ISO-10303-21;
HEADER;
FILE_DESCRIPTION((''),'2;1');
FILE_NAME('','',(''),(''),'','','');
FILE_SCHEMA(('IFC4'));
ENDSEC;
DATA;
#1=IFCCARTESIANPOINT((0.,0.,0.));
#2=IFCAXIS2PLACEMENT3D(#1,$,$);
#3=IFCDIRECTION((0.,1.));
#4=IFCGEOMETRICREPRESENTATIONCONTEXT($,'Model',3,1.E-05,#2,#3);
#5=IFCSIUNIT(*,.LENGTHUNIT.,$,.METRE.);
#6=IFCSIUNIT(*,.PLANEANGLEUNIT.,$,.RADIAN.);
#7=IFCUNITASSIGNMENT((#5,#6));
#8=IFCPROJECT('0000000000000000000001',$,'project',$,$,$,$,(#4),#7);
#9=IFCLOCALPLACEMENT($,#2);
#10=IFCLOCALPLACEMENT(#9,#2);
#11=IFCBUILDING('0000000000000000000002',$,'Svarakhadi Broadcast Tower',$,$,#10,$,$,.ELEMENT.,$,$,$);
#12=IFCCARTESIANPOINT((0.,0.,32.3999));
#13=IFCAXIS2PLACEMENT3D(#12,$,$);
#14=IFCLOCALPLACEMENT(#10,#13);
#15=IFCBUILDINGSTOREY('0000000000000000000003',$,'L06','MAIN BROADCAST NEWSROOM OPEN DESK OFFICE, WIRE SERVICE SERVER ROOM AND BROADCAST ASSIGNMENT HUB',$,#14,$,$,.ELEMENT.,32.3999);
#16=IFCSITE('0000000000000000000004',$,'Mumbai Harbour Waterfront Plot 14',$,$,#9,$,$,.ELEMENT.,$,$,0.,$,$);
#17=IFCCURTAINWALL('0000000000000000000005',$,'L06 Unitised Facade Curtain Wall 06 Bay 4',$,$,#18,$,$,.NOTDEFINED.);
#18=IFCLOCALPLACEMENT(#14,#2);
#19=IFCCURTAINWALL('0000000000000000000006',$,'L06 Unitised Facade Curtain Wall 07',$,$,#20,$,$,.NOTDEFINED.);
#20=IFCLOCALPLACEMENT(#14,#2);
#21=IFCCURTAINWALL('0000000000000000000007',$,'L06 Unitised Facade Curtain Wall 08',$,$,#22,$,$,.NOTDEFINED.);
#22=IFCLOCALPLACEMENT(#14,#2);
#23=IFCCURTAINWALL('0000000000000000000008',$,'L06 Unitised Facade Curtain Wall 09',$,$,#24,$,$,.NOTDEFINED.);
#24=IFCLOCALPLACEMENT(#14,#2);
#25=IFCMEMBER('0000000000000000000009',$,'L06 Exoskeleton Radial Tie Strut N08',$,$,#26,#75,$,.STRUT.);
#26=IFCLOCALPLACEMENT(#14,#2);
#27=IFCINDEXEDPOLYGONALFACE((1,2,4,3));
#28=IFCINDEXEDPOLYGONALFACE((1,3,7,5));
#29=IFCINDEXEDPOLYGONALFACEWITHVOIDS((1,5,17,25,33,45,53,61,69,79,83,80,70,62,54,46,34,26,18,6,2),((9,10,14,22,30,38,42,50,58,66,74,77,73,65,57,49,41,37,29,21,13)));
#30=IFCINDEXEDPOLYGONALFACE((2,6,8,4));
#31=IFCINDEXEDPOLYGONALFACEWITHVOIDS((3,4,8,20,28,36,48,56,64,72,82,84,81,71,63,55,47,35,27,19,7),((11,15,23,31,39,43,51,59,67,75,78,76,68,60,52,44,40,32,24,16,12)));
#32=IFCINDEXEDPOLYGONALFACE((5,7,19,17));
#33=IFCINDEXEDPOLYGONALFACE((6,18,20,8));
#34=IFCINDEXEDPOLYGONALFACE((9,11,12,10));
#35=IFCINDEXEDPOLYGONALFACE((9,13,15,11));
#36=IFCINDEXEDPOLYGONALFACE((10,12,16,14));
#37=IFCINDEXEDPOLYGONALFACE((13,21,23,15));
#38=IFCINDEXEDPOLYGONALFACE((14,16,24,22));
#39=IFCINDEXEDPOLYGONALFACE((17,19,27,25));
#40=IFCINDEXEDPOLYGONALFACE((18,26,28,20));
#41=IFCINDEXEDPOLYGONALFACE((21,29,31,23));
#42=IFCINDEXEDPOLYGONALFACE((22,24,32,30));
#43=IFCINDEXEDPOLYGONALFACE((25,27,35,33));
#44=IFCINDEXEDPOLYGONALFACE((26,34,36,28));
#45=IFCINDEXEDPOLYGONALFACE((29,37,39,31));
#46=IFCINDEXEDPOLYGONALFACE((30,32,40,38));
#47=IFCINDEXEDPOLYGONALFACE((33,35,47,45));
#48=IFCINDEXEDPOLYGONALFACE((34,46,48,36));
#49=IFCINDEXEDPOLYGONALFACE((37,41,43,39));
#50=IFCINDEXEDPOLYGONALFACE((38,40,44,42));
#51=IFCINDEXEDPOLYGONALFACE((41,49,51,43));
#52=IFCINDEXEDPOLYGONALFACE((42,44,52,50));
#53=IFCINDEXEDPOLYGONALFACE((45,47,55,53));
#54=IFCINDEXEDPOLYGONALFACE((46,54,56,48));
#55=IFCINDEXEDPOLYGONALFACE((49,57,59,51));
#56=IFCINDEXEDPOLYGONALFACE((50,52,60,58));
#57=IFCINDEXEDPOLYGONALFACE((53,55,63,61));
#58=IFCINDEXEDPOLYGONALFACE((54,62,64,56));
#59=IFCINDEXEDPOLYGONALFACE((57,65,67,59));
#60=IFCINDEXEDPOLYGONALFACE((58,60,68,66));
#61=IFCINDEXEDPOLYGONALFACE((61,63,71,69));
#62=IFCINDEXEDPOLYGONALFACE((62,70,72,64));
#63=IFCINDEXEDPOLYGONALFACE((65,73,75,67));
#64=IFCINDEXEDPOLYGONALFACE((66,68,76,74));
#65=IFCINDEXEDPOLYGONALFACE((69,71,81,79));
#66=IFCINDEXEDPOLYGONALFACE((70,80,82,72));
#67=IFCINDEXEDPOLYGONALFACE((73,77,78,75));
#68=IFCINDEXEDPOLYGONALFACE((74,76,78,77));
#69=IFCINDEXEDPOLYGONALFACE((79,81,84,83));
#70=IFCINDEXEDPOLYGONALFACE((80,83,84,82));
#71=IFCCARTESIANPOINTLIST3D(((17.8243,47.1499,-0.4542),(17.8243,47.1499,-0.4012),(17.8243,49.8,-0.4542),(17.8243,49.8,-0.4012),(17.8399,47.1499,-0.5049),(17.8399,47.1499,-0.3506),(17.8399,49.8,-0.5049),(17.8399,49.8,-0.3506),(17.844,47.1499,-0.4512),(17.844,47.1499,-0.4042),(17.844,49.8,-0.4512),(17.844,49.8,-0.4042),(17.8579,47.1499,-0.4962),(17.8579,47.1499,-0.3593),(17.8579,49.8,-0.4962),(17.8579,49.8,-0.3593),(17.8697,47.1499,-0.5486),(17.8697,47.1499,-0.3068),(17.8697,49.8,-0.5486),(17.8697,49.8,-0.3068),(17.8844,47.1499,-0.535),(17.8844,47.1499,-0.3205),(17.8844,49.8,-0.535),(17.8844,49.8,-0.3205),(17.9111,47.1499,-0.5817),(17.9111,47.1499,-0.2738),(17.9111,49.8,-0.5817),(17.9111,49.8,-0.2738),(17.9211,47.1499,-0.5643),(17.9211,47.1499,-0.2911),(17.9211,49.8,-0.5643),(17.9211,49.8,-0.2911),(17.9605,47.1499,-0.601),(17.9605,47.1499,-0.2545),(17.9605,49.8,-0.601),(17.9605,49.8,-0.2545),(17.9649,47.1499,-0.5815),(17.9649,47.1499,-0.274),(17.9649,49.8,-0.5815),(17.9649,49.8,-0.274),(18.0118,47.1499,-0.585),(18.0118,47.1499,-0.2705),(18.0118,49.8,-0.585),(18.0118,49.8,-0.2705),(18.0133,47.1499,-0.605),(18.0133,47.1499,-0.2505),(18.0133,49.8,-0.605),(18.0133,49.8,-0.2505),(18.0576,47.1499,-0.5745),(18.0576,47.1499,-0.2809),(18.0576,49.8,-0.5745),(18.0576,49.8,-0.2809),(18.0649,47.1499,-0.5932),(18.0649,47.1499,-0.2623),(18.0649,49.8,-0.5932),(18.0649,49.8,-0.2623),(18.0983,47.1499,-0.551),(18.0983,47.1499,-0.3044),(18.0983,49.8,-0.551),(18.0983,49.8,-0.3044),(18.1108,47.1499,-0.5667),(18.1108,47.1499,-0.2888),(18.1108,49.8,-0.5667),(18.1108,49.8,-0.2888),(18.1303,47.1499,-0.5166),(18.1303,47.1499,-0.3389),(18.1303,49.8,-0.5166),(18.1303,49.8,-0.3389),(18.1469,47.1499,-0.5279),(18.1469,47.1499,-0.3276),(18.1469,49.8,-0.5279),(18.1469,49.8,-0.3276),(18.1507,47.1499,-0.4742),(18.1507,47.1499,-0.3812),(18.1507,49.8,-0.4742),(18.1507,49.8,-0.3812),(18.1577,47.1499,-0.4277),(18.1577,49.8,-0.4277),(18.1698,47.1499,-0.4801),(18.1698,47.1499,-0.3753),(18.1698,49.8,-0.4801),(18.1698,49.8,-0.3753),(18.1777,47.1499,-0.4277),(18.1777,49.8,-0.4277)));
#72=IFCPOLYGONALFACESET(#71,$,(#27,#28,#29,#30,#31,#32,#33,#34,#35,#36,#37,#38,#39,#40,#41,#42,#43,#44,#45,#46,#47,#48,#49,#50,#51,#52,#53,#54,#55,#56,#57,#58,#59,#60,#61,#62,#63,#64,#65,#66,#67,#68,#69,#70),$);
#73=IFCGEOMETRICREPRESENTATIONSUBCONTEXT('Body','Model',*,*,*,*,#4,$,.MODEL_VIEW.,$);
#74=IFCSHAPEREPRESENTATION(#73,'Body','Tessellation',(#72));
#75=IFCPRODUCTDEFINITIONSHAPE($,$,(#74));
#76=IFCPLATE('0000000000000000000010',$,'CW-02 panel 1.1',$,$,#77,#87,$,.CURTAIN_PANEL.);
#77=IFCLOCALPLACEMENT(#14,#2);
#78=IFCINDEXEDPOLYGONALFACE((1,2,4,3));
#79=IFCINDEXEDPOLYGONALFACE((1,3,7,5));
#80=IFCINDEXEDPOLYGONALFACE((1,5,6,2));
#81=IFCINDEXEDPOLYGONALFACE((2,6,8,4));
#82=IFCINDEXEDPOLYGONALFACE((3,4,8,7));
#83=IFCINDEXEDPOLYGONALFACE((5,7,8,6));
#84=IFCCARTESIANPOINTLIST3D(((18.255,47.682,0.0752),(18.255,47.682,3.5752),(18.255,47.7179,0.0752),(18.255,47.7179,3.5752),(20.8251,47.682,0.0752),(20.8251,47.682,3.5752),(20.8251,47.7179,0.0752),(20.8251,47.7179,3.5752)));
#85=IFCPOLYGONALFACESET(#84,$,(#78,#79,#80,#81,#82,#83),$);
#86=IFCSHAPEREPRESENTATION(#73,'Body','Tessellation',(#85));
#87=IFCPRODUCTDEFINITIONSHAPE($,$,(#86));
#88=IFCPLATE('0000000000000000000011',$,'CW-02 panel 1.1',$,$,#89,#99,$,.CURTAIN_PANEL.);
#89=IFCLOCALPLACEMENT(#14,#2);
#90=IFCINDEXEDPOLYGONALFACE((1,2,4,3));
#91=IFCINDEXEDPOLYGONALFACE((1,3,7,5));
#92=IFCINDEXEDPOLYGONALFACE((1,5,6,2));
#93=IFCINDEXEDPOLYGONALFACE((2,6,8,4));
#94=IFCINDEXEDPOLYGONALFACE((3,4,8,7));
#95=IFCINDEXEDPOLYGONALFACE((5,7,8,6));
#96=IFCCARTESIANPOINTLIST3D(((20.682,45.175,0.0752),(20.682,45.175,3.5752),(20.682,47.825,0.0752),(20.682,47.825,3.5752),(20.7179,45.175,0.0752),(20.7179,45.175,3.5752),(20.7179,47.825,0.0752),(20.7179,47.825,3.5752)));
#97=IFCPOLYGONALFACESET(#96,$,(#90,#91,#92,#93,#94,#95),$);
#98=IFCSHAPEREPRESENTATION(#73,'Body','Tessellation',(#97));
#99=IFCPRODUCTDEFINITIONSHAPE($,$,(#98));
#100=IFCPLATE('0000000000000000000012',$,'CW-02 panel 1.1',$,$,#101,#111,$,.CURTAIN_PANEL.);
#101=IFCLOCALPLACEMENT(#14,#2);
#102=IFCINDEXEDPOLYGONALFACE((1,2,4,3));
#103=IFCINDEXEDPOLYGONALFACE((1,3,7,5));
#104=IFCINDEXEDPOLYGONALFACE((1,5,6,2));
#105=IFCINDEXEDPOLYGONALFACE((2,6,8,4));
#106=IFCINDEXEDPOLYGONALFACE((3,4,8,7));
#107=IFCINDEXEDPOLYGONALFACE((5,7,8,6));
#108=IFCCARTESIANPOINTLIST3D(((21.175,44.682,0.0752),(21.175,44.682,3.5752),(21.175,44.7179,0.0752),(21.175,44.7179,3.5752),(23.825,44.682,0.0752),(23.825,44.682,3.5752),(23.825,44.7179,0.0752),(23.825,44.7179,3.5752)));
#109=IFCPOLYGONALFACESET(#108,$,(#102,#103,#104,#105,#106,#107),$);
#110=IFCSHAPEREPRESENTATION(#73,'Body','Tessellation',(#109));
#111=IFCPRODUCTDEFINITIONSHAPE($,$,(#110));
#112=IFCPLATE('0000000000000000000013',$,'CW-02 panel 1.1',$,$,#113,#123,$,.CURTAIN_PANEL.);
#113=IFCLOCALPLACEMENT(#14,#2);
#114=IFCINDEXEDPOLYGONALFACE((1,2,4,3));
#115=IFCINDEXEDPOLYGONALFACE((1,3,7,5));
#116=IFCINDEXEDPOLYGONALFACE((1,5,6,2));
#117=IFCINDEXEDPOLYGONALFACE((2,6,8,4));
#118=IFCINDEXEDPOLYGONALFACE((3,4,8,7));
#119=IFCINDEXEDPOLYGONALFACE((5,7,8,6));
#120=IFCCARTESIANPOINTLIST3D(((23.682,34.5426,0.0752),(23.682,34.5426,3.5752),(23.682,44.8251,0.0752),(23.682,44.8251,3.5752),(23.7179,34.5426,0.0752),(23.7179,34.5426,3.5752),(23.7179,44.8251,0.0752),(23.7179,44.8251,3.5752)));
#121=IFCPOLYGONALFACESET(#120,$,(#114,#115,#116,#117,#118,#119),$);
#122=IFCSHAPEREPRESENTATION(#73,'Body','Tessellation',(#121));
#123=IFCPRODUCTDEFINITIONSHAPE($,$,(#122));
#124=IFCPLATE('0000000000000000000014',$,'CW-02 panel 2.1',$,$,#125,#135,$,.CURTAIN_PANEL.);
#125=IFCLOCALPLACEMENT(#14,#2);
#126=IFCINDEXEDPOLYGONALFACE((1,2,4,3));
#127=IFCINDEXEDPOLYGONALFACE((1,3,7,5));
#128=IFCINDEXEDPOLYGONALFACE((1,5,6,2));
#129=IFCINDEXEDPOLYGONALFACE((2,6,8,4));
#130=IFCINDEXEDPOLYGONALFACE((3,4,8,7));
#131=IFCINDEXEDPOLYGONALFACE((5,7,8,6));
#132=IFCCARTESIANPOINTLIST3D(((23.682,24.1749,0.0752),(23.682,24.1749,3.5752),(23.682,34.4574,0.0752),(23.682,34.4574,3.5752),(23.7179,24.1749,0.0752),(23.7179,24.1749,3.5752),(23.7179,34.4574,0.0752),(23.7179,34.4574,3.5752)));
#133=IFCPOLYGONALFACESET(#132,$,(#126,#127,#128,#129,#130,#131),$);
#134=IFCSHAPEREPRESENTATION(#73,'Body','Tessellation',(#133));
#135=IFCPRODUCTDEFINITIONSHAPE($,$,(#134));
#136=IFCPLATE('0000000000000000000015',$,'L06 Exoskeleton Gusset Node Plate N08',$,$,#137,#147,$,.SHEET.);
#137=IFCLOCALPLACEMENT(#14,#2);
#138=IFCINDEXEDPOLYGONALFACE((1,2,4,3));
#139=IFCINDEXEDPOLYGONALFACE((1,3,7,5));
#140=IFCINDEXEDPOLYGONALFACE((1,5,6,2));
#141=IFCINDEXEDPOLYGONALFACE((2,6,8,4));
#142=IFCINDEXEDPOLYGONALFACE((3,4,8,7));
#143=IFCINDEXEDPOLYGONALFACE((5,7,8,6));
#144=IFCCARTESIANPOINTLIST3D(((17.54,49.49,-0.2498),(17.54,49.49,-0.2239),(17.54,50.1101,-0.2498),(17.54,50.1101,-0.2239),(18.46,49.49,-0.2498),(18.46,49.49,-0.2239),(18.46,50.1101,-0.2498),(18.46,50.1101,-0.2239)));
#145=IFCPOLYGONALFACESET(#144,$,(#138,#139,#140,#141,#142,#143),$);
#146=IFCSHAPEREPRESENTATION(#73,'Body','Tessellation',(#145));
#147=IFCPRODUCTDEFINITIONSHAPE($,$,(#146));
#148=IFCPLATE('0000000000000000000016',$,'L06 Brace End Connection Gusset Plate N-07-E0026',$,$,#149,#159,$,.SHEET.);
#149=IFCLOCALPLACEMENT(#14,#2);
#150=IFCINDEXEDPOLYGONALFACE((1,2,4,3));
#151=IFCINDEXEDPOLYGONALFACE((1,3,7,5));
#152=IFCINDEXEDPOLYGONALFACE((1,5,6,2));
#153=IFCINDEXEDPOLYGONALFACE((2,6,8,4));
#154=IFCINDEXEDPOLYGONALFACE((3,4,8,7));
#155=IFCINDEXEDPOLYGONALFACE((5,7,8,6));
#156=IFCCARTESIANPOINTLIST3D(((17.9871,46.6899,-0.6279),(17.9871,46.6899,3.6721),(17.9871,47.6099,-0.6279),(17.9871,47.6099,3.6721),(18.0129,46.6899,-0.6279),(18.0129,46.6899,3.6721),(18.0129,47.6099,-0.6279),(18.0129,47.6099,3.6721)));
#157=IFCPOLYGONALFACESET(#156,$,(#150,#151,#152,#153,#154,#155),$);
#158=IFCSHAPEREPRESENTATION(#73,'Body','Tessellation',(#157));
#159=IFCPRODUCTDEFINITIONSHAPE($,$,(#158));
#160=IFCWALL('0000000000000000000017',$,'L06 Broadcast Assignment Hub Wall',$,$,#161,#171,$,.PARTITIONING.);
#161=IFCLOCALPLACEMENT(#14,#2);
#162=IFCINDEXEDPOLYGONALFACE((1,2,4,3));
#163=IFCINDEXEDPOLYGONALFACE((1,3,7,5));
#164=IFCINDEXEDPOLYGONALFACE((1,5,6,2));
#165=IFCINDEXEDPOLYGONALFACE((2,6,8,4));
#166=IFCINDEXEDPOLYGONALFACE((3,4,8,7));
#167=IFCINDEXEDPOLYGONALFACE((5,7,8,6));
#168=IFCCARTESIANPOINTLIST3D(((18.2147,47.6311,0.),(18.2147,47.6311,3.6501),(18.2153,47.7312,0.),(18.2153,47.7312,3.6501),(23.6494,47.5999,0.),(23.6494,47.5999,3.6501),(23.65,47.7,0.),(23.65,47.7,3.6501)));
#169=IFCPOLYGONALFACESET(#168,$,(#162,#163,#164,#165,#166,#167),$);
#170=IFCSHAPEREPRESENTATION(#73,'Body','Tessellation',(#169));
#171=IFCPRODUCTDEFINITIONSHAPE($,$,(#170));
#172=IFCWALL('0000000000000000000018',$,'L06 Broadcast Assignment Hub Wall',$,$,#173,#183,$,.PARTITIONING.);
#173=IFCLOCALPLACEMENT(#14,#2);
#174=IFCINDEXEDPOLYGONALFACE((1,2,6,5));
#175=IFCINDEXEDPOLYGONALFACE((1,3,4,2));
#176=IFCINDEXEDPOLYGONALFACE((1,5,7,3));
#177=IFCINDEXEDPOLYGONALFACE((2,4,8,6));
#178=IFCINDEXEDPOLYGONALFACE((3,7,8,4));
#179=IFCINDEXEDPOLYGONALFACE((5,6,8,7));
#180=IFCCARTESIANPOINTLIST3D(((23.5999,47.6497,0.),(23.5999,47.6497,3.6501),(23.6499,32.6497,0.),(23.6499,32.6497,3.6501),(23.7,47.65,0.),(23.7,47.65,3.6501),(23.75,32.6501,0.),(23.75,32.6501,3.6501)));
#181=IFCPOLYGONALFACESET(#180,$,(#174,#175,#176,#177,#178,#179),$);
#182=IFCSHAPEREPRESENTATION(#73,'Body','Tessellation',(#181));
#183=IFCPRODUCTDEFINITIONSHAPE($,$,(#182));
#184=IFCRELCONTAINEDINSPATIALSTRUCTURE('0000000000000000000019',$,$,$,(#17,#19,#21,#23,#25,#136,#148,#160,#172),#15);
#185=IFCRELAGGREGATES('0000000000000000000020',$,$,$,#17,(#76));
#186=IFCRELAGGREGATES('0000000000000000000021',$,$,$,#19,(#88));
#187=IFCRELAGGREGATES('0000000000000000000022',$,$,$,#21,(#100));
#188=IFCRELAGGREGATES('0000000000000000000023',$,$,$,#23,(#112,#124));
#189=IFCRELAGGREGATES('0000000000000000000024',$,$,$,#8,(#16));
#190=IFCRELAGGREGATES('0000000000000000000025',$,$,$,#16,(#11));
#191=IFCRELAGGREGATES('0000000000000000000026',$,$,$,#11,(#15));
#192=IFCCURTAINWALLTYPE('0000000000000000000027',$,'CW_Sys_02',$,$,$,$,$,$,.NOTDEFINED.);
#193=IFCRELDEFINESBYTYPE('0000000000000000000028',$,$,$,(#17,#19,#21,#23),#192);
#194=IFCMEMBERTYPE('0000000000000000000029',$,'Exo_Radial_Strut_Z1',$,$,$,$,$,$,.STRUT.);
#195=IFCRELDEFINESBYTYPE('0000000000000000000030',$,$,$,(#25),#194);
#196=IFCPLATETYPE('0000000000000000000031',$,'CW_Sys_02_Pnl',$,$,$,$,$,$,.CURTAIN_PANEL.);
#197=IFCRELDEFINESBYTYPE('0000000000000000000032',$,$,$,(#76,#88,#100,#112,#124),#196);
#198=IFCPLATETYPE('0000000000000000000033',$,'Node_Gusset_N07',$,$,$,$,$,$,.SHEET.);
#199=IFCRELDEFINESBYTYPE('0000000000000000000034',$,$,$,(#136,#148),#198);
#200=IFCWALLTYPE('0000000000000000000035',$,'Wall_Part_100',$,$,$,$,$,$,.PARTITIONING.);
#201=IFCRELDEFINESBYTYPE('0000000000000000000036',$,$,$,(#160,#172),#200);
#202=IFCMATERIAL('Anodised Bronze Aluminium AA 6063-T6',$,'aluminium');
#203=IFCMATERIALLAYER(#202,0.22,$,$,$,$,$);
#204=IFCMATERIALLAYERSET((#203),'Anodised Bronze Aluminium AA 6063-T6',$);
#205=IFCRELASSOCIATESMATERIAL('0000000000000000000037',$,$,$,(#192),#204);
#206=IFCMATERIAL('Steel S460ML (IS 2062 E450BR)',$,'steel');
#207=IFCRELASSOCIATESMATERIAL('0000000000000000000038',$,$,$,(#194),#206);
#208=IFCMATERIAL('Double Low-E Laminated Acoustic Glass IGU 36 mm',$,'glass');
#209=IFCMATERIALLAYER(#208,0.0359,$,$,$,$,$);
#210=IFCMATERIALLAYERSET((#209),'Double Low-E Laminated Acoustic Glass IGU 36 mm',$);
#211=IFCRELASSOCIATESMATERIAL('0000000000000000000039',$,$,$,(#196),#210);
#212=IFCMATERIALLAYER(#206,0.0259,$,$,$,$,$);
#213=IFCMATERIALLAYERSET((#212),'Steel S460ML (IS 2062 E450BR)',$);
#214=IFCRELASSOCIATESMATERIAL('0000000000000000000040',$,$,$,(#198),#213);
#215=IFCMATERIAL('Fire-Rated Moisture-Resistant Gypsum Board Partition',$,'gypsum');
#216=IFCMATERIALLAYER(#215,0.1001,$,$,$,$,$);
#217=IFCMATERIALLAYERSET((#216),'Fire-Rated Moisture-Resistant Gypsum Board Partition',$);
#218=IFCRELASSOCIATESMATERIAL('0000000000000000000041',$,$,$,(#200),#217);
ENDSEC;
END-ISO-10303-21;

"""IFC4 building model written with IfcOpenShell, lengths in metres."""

from ifc_helpers import new_model, si_unit, direction, frame, frame_2d, origin, origin_2d, place, context, subcontext, project, spatial, rectangle, hollow_circle, extrude, material, layer, layer_set, material_profile, profile_set, type_object, element, aggregate, save


model = new_model("IFC4")

# Units and contexts
model_context = context("Model", 3, precision=1e-05, world=origin(), true_north=direction((0.0, 1.0)))
body_context = subcontext(model_context, "Body", "Model", "MODEL_VIEW")
ifc_project = project(units=[si_unit("LENGTHUNIT", "METRE"), si_unit("PLANEANGLEUNIT", "RADIAN")], contexts=[model_context])

# Site, building, storey
site_placement = place(None, origin())
site = spatial("IfcSite", under=ifc_project, at=site_placement, Name="Mumbai Harbour Waterfront Plot 14", CompositionType="ELEMENT", RefElevation=0.0)
building_placement = place(site_placement, origin())
building = spatial("IfcBuilding", under=site, at=building_placement, Name="Svarakhadi Broadcast Tower", CompositionType="ELEMENT")
storey_placement = place(building_placement, frame((0.0, 0.0, 32.3999)))
storey = spatial("IfcBuildingStorey", under=building, at=storey_placement, Name="L06", Description="MAIN BROADCAST NEWSROOM OPEN DESK OFFICE, WIRE SERVICE SERVER ROOM AND BROADCAST ASSIGNMENT HUB", CompositionType="ELEMENT", Elevation=32.3999)

# Curtain walls
ifc_material_1 = material(Name="Anodised Bronze Aluminium AA 6063-T6", Category="aluminium")
ifc_layer_1 = layer(ifc_material_1, 0.22)
ifc_layer_set_1 = layer_set([ifc_layer_1], Name="Anodised Bronze Aluminium AA 6063-T6")
curtain_wall_type = type_object("IfcCurtainWallType", Name="CW_Sys_02", PredefinedType="NOTDEFINED", material=ifc_layer_set_1)
curtain_wall_1_placement = place(storey_placement, origin())
curtain_wall_1 = element("IfcCurtainWall", 1, at=curtain_wall_1_placement, inside=storey, type_object=curtain_wall_type, Name="L06 Unitised Facade Curtain Wall 06 Bay 4", PredefinedType="NOTDEFINED")
curtain_wall_2_placement = place(storey_placement, origin())
curtain_wall_2 = element("IfcCurtainWall", 2, at=curtain_wall_2_placement, inside=storey, type_object=curtain_wall_type, Name="L06 Unitised Facade Curtain Wall 07", PredefinedType="NOTDEFINED")

# Curtain wall
curtain_wall_3_placement = place(storey_placement, origin())
curtain_wall_3 = element("IfcCurtainWall", 3, at=curtain_wall_3_placement, inside=storey, type_object=curtain_wall_type, Name="L06 Unitised Facade Curtain Wall 08", PredefinedType="NOTDEFINED")

# Curtain wall
curtain_wall_4_placement = place(storey_placement, origin())
curtain_wall_4 = element("IfcCurtainWall", 4, at=curtain_wall_4_placement, inside=storey, type_object=curtain_wall_type, Name="L06 Unitised Facade Curtain Wall 09", PredefinedType="NOTDEFINED")

# Member
ifc_material_2 = material(Name="Steel S460ML (IS 2062 E450BR)", Category="steel")
ifc_material_profile_1 = material_profile(ifc_material_2, hollow_circle(Radius=0.1777, WallThickness=0.02, at=origin_2d()), Name="CHS 355.6x20")
ifc_profile_set_1 = profile_set([ifc_material_profile_1], Name="Steel S460ML (IS 2062 E450BR)")
member_type_1 = type_object("IfcMemberType", Name="Exo_Radial_Strut_Z1", PredefinedType="STRUT", material=ifc_profile_set_1)
member_1_placement = place(storey_placement, frame((18.0, 49.8, -0.4277), z_axis=(0.0, -1.0, 0.0), x_axis=(1.0, 0.0, 0.0)))
element("IfcMember", 5, at=member_1_placement, inside=storey, type_object=member_type_1, Name="L06 Exoskeleton Radial Tie Strut N08", PredefinedType="STRUT", context=body_context, shape_type="SweptSolid", body=[
    extrude(hollow_circle(Radius=0.1777, WallThickness=0.02, at=origin_2d()), origin(), (0.0, 0.0, 1.0), 2.6501),
])

# Plates
ifc_material_3 = material(Name="Double Low-E Laminated Acoustic Glass IGU 36 mm", Category="glass")
ifc_layer_2 = layer(ifc_material_3, 0.0359)
ifc_layer_set_2 = layer_set([ifc_layer_2], Name="Double Low-E Laminated Acoustic Glass IGU 36 mm")
plate_type_1 = type_object("IfcPlateType", Name="CW_Sys_02_Pnl", PredefinedType="CURTAIN_PANEL", material=ifc_layer_set_2)
plate_1_placement = place(storey_placement, frame((19.54, 47.7, 0.0752), z_axis=(0.0, 0.0, 1.0), x_axis=(1.0, 0.0, 0.0)))
plate_1 = element("IfcPlate", 6, at=plate_1_placement, type_object=plate_type_1, Name="CW-02 panel 1.1", PredefinedType="CURTAIN_PANEL", context=body_context, shape_type="SweptSolid", body=[
    extrude(rectangle(XDim=2.5701, YDim=0.0359, at=origin_2d()), origin(), (0.0, 0.0, 1.0), 3.5),
])
aggregate(curtain_wall_1, [plate_1])
plate_2_placement = place(storey_placement, frame((20.7, 46.5, 0.0752), z_axis=(0.0, 0.0, 1.0), x_axis=(0.0, -1.0, 0.0)))
plate_2 = element("IfcPlate", 7, at=plate_2_placement, type_object=plate_type_1, Name="CW-02 panel 1.1", PredefinedType="CURTAIN_PANEL", context=body_context, shape_type="SweptSolid", body=[
    extrude(rectangle(XDim=2.6499, YDim=0.0359, at=origin_2d()), origin(), (0.0, 0.0, 1.0), 3.5),
])
aggregate(curtain_wall_2, [plate_2])
plate_3_placement = place(storey_placement, frame((22.5, 44.7, 0.0752), z_axis=(0.0, 0.0, 1.0), x_axis=(1.0, 0.0, 0.0)))
plate_3 = element("IfcPlate", 8, at=plate_3_placement, type_object=plate_type_1, Name="CW-02 panel 1.1", PredefinedType="CURTAIN_PANEL", context=body_context, shape_type="SweptSolid", body=[
    extrude(rectangle(XDim=2.6499, YDim=0.0359, at=origin_2d()), origin(), (0.0, 0.0, 1.0), 3.5),
])
aggregate(curtain_wall_3, [plate_3])
plate_4_placement = place(storey_placement, frame((23.7, 39.6838, 0.0752), z_axis=(0.0, 0.0, 1.0), x_axis=(0.0, -1.0, 0.0)))
plate_4 = element("IfcPlate", 9, at=plate_4_placement, type_object=plate_type_1, Name="CW-02 panel 1.1", PredefinedType="CURTAIN_PANEL", context=body_context, shape_type="SweptSolid", body=[
    extrude(rectangle(XDim=10.2825, YDim=0.0359, at=origin_2d()), origin(), (0.0, 0.0, 1.0), 3.5),
])
plate_5_placement = place(storey_placement, frame((23.7, 29.3162, 0.0752), z_axis=(0.0, 0.0, 1.0), x_axis=(0.0, -1.0, 0.0)))
plate_5 = element("IfcPlate", 10, at=plate_5_placement, type_object=plate_type_1, Name="CW-02 panel 2.1", PredefinedType="CURTAIN_PANEL", context=body_context, shape_type="SweptSolid", body=[
    extrude(rectangle(XDim=10.2825, YDim=0.0359, at=origin_2d()), origin(), (0.0, 0.0, 1.0), 3.5),
])
aggregate(curtain_wall_4, [plate_4, plate_5])

# Plates
ifc_layer_3 = layer(ifc_material_2, 0.0259)
ifc_layer_set_3 = layer_set([ifc_layer_3], Name="Steel S460ML (IS 2062 E450BR)")
plate_type_2 = type_object("IfcPlateType", Name="Node_Gusset_N07", PredefinedType="SHEET", material=ifc_layer_set_3)
plate_6_placement = place(storey_placement, frame((18.0, 49.8, -0.2498), z_axis=(0.0, 0.0, 1.0), x_axis=(1.0, 0.0, 0.0)))
element("IfcPlate", 11, at=plate_6_placement, inside=storey, type_object=plate_type_2, Name="L06 Exoskeleton Gusset Node Plate N08", PredefinedType="SHEET", context=body_context, shape_type="SweptSolid", body=[
    extrude(rectangle(XDim=0.9199, YDim=0.6201, at=origin_2d()), origin(), (0.0, 0.0, 1.0), 0.0259),
])
plate_7_placement = place(storey_placement, frame((18.0, 47.1499, -0.6279), z_axis=(0.0, 0.0, 1.0), x_axis=(0.0, 1.0, 0.0)))
element("IfcPlate", 12, at=plate_7_placement, inside=storey, type_object=plate_type_2, Name="L06 Brace End Connection Gusset Plate N-07-E0026", PredefinedType="SHEET", context=body_context, shape_type="SweptSolid", body=[
    extrude(rectangle(XDim=0.9199, YDim=0.0259, at=origin_2d()), origin(), (0.0, 0.0, 1.0), 4.3),
])

# Walls
ifc_material_4 = material(Name="Fire-Rated Moisture-Resistant Gypsum Board Partition", Category="gypsum")
ifc_layer_4 = layer(ifc_material_4, 0.1001)
ifc_layer_set_4 = layer_set([ifc_layer_4], Name="Fire-Rated Moisture-Resistant Gypsum Board Partition")
wall_type_1 = type_object("IfcWallType", Name="Wall_Part_100", PredefinedType="PARTITIONING", material=ifc_layer_set_4)
wall_1_placement = place(storey_placement, frame((18.2151, 47.6812, 0.0), z_axis=(0.0, 0.0, 1.0), x_axis=(0.999983, -0.00575, 0.0)))
element("IfcWall", 13, at=wall_1_placement, inside=storey, type_object=wall_type_1, Name="L06 Broadcast Assignment Hub Wall", PredefinedType="PARTITIONING", context=body_context, shape_type="SweptSolid", body=[
    extrude(rectangle(XDim=5.4348, YDim=0.1001, at=frame_2d((2.7173, 0.0))), origin(), (0.0, 0.0, 1.0), 3.6501),
])
wall_2_placement = place(storey_placement, frame((23.7, 32.6499, 0.0), z_axis=(0.0, 0.0, 1.0), x_axis=(-0.003337, 0.999994, 0.0)))
element("IfcWall", 14, at=wall_2_placement, inside=storey, type_object=wall_type_1, Name="L06 Broadcast Assignment Hub Wall", PredefinedType="PARTITIONING", context=body_context, shape_type="SweptSolid", body=[
    extrude(rectangle(XDim=15.0, YDim=0.1001, at=frame_2d((7.5, 0.0))), origin(), (0.0, 0.0, 1.0), 3.6501),
])

save(model, "model.ifc")
